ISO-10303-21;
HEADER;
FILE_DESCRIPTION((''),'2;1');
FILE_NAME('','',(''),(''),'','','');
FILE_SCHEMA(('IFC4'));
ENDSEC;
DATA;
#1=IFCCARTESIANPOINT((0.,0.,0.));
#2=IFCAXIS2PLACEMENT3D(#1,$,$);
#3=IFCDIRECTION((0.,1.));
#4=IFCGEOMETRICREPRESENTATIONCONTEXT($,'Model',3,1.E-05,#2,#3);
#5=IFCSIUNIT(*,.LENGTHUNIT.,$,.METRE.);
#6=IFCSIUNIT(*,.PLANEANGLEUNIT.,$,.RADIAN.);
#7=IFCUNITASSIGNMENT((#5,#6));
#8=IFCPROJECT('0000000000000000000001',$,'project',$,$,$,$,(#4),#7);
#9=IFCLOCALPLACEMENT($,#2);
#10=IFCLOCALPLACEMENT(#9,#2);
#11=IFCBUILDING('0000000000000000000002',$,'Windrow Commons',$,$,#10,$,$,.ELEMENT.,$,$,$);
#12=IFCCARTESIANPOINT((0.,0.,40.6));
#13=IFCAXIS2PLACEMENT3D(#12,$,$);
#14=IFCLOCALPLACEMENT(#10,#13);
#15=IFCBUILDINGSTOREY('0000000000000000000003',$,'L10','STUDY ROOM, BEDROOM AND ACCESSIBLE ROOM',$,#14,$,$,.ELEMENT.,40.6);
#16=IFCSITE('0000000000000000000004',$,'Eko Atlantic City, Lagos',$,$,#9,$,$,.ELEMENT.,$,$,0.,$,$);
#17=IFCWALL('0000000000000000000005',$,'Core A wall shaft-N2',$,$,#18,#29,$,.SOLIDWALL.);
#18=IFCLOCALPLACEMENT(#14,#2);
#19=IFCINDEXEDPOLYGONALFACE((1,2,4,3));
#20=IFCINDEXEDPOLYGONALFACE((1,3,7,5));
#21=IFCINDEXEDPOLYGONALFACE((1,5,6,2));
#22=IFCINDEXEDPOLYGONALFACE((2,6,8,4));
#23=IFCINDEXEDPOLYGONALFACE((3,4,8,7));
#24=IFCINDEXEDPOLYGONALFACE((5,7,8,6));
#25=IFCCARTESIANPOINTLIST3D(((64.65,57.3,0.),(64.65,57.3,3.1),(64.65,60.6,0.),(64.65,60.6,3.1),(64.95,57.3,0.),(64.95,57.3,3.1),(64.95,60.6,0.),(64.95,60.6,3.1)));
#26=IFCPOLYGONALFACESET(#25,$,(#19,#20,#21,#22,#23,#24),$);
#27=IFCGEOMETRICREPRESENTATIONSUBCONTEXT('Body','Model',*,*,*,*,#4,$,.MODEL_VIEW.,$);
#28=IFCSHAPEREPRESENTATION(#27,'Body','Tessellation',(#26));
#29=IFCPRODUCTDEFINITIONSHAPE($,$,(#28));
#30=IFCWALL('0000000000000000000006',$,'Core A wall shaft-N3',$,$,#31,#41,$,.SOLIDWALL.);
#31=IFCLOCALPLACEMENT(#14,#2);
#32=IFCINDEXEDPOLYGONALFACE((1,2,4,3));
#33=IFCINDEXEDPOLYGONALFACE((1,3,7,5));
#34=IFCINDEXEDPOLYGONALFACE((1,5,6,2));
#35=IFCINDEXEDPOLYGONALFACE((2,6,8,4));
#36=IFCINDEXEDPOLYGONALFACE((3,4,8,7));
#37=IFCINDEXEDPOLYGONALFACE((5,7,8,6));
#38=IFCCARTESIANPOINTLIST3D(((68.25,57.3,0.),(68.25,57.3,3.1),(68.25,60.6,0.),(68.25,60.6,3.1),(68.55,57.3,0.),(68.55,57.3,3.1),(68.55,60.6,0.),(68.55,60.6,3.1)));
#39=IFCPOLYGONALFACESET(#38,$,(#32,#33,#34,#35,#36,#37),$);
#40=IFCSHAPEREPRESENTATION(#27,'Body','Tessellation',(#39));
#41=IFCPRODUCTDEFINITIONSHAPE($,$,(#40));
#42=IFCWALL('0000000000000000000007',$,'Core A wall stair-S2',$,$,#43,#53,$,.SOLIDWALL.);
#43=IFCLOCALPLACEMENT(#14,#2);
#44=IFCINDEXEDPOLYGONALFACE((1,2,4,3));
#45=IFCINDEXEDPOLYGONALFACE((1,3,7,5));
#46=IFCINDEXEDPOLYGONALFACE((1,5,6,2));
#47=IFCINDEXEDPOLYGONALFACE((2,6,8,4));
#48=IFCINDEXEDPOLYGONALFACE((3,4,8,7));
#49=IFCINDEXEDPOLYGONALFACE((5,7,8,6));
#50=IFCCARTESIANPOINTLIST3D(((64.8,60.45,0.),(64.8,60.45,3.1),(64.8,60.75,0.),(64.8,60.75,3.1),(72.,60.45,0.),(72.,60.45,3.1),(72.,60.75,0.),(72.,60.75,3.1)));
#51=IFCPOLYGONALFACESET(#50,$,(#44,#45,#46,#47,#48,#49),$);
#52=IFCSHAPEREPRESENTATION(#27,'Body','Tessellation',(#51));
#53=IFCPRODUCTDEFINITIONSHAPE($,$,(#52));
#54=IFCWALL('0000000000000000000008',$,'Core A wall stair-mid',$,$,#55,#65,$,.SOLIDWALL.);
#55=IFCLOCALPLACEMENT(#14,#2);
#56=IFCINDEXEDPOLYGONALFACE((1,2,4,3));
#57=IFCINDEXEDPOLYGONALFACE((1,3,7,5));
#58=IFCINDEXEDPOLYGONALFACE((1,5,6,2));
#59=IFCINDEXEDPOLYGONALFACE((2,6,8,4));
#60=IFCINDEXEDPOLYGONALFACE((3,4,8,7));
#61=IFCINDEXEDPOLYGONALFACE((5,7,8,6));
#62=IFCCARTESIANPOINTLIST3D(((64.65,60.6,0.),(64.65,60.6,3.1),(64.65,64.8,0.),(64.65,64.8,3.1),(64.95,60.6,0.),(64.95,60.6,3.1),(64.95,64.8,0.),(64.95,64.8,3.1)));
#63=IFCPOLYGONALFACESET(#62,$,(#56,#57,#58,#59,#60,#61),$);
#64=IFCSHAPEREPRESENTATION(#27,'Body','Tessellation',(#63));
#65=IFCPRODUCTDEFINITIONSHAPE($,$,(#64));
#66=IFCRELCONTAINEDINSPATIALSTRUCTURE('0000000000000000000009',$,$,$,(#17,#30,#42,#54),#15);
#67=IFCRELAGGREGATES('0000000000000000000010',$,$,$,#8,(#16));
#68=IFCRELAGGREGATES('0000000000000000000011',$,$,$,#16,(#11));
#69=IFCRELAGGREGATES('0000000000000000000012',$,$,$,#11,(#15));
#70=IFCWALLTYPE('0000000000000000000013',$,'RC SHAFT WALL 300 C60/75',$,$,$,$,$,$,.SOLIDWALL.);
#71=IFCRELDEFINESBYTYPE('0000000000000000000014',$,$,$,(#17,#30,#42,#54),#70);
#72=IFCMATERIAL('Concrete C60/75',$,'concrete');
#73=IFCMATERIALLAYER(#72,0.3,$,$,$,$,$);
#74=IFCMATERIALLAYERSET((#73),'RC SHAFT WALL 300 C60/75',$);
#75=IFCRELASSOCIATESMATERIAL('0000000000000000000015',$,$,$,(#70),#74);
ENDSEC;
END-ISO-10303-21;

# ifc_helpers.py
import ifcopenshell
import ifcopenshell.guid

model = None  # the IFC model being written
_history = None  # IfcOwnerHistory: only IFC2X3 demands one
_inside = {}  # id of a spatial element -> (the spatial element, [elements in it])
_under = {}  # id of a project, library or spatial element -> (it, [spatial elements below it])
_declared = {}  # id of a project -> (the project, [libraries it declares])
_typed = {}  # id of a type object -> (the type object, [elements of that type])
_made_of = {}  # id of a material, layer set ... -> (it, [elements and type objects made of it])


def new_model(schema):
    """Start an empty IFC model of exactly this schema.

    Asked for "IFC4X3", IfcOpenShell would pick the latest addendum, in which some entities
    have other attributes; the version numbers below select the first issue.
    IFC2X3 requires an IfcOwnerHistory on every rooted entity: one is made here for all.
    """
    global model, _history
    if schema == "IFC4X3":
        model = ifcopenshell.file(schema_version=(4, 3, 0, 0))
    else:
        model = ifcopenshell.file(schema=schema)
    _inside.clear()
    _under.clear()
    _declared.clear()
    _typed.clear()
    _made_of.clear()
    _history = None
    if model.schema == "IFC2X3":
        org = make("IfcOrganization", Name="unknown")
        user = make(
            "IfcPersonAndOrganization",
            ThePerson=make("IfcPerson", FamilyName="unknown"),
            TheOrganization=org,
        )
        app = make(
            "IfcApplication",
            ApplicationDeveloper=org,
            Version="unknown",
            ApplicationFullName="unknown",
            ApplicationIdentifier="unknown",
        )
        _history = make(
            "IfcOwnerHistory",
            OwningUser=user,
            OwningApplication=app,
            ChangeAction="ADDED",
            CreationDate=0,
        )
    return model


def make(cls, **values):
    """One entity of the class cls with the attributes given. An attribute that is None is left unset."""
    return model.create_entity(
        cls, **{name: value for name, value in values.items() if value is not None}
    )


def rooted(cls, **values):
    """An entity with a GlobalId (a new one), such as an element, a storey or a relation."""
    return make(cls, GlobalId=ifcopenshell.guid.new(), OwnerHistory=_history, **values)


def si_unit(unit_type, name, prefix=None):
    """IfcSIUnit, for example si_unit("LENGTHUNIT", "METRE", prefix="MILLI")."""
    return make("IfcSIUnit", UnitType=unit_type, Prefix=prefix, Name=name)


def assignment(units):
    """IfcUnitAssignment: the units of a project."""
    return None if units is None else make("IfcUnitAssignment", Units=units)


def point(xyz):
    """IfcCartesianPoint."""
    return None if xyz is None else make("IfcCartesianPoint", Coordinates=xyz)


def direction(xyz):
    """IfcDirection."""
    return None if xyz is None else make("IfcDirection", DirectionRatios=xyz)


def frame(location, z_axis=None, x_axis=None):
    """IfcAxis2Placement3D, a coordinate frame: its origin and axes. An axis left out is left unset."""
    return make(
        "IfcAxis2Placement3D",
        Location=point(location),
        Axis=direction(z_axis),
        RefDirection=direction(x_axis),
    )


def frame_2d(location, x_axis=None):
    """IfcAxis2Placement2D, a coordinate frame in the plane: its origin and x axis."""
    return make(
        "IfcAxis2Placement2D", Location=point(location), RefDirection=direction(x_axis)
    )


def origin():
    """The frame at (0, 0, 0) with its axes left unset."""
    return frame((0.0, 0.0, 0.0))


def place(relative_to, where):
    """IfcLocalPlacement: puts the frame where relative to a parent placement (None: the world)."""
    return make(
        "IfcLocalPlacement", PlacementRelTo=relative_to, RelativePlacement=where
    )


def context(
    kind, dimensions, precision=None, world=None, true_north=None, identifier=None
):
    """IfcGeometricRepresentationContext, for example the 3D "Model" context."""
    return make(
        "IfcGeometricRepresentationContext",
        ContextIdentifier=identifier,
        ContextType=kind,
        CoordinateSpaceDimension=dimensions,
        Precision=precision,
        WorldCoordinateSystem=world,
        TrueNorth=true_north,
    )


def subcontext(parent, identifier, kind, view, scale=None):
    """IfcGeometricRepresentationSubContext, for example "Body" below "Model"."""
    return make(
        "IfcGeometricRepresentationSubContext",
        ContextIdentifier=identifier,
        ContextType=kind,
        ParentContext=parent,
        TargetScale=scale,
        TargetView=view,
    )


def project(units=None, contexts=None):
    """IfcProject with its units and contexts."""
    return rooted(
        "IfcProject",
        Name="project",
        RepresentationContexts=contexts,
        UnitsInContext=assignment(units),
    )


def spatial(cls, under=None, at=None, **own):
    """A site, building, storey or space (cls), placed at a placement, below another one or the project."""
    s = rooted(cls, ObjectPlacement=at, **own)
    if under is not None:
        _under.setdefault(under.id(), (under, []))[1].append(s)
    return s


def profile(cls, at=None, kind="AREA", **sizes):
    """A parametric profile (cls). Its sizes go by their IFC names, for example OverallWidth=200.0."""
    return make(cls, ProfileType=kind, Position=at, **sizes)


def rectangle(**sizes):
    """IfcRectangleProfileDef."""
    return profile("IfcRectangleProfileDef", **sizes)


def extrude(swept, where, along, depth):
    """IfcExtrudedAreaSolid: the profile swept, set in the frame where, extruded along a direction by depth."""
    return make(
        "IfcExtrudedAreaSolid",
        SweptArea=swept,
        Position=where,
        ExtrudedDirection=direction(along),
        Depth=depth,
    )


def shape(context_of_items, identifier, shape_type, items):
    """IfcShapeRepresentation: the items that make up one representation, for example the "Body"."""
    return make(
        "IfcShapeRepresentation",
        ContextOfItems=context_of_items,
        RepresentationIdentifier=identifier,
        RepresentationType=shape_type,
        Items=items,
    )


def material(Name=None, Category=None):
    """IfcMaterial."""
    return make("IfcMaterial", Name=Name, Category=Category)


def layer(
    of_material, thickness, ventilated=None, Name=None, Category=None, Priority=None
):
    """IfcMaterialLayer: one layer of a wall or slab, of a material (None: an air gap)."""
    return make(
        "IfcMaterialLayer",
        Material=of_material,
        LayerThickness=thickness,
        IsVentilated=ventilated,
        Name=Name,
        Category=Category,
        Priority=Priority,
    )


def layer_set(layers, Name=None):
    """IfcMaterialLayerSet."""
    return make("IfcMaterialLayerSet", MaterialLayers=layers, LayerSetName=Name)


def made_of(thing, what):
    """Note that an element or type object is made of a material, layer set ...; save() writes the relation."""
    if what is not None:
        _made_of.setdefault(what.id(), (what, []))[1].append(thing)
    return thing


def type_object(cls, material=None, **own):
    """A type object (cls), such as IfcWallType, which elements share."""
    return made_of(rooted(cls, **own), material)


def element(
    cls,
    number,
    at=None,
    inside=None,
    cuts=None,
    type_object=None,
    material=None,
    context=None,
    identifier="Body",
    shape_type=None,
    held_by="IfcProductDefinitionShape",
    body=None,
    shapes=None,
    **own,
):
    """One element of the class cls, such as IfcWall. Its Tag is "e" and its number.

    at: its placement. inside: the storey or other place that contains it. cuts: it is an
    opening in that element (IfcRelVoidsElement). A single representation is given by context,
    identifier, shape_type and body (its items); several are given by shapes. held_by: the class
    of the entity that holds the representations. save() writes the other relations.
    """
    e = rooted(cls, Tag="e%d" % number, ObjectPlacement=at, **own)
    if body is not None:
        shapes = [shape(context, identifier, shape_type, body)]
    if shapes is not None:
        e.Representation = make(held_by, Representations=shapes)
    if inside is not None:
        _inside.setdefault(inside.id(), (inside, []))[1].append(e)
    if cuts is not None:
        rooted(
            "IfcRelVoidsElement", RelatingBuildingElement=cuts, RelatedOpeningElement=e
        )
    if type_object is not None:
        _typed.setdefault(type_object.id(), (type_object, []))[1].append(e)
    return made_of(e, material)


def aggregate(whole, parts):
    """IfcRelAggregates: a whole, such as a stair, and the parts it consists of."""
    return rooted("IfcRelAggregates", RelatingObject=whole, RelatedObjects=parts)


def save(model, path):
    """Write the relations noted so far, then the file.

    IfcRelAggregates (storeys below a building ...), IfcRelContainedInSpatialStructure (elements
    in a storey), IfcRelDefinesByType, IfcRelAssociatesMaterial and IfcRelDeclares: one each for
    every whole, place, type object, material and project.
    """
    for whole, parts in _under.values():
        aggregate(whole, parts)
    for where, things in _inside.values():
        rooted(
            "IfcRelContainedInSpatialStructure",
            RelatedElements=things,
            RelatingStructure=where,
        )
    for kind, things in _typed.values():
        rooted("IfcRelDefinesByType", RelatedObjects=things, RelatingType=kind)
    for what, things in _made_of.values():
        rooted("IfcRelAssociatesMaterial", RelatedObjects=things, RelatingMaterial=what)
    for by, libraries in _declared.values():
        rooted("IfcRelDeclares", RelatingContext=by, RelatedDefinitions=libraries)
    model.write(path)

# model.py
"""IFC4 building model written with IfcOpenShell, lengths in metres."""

from ifc_helpers import new_model, si_unit, direction, frame, frame_2d, origin, place, context, subcontext, project, spatial, rectangle, extrude, material, layer, layer_set, type_object, element, save


model = new_model("IFC4")

# Units and contexts
model_context = context("Model", 3, precision=1e-05, world=origin(), true_north=direction((0.0, 1.0)))
body_context = subcontext(model_context, "Body", "Model", "MODEL_VIEW")
ifc_project = project(units=[si_unit("LENGTHUNIT", "METRE"), si_unit("PLANEANGLEUNIT", "RADIAN")], contexts=[model_context])

# Site, building, storey
site_placement = place(None, origin())
site = spatial("IfcSite", under=ifc_project, at=site_placement, Name="Eko Atlantic City, Lagos", CompositionType="ELEMENT", RefElevation=0.0)
building_placement = place(site_placement, origin())
building = spatial("IfcBuilding", under=site, at=building_placement, Name="Windrow Commons", CompositionType="ELEMENT")
storey_placement = place(building_placement, frame((0.0, 0.0, 40.6)))
storey = spatial("IfcBuildingStorey", under=building, at=storey_placement, Name="L10", Description="STUDY ROOM, BEDROOM AND ACCESSIBLE ROOM", CompositionType="ELEMENT", Elevation=40.6)

# Walls
ifc_material_1 = material(Name="Concrete C60/75", Category="concrete")
ifc_layer_1 = layer(ifc_material_1, 0.3)
ifc_layer_set_1 = layer_set([ifc_layer_1], Name="RC SHAFT WALL 300 C60/75")
wall_type_1 = type_object("IfcWallType", Name="RC SHAFT WALL 300 C60/75", PredefinedType="SOLIDWALL", material=ifc_layer_set_1)
for number, where, z_axis, x_axis, name in (
    (1, (64.8, 57.3, 0.0), (0.0, 0.0, 1.0), (0.0, 1.0, 0.0), "Core A wall shaft-N2"),
    (2, (68.4, 57.3, 0.0), (0.0, 0.0, 1.0), (0.0, 1.0, 0.0), "Core A wall shaft-N3"),
):
    element("IfcWall", number, at=place(storey_placement, frame(where, z_axis=z_axis, x_axis=x_axis)), inside=storey, type_object=wall_type_1, Name=name, PredefinedType="SOLIDWALL", context=body_context, shape_type="SweptSolid", body=[
        extrude(rectangle(XDim=3.3, YDim=0.3, at=frame_2d((1.65, 0.0))), origin(), (0.0, 0.0, 1.0), 3.1),
    ])
wall_1_placement = place(storey_placement, frame((64.8, 60.6, 0.0), z_axis=(0.0, 0.0, 1.0), x_axis=(1.0, 0.0, 0.0)))
element("IfcWall", 3, at=wall_1_placement, inside=storey, type_object=wall_type_1, Name="Core A wall stair-S2", PredefinedType="SOLIDWALL", context=body_context, shape_type="SweptSolid", body=[
    extrude(rectangle(XDim=7.2, YDim=0.3, at=frame_2d((3.6, 0.0))), origin(), (0.0, 0.0, 1.0), 3.1),
])
wall_2_placement = place(storey_placement, frame((64.8, 60.6, 0.0), z_axis=(0.0, 0.0, 1.0), x_axis=(0.0, 1.0, 0.0)))
element("IfcWall", 4, at=wall_2_placement, inside=storey, type_object=wall_type_1, Name="Core A wall stair-mid", PredefinedType="SOLIDWALL", context=body_context, shape_type="SweptSolid", body=[
    extrude(rectangle(XDim=4.2, YDim=0.3, at=frame_2d((2.1, 0.0))), origin(), (0.0, 0.0, 1.0), 3.1),
])

save(model, "model.ifc")
